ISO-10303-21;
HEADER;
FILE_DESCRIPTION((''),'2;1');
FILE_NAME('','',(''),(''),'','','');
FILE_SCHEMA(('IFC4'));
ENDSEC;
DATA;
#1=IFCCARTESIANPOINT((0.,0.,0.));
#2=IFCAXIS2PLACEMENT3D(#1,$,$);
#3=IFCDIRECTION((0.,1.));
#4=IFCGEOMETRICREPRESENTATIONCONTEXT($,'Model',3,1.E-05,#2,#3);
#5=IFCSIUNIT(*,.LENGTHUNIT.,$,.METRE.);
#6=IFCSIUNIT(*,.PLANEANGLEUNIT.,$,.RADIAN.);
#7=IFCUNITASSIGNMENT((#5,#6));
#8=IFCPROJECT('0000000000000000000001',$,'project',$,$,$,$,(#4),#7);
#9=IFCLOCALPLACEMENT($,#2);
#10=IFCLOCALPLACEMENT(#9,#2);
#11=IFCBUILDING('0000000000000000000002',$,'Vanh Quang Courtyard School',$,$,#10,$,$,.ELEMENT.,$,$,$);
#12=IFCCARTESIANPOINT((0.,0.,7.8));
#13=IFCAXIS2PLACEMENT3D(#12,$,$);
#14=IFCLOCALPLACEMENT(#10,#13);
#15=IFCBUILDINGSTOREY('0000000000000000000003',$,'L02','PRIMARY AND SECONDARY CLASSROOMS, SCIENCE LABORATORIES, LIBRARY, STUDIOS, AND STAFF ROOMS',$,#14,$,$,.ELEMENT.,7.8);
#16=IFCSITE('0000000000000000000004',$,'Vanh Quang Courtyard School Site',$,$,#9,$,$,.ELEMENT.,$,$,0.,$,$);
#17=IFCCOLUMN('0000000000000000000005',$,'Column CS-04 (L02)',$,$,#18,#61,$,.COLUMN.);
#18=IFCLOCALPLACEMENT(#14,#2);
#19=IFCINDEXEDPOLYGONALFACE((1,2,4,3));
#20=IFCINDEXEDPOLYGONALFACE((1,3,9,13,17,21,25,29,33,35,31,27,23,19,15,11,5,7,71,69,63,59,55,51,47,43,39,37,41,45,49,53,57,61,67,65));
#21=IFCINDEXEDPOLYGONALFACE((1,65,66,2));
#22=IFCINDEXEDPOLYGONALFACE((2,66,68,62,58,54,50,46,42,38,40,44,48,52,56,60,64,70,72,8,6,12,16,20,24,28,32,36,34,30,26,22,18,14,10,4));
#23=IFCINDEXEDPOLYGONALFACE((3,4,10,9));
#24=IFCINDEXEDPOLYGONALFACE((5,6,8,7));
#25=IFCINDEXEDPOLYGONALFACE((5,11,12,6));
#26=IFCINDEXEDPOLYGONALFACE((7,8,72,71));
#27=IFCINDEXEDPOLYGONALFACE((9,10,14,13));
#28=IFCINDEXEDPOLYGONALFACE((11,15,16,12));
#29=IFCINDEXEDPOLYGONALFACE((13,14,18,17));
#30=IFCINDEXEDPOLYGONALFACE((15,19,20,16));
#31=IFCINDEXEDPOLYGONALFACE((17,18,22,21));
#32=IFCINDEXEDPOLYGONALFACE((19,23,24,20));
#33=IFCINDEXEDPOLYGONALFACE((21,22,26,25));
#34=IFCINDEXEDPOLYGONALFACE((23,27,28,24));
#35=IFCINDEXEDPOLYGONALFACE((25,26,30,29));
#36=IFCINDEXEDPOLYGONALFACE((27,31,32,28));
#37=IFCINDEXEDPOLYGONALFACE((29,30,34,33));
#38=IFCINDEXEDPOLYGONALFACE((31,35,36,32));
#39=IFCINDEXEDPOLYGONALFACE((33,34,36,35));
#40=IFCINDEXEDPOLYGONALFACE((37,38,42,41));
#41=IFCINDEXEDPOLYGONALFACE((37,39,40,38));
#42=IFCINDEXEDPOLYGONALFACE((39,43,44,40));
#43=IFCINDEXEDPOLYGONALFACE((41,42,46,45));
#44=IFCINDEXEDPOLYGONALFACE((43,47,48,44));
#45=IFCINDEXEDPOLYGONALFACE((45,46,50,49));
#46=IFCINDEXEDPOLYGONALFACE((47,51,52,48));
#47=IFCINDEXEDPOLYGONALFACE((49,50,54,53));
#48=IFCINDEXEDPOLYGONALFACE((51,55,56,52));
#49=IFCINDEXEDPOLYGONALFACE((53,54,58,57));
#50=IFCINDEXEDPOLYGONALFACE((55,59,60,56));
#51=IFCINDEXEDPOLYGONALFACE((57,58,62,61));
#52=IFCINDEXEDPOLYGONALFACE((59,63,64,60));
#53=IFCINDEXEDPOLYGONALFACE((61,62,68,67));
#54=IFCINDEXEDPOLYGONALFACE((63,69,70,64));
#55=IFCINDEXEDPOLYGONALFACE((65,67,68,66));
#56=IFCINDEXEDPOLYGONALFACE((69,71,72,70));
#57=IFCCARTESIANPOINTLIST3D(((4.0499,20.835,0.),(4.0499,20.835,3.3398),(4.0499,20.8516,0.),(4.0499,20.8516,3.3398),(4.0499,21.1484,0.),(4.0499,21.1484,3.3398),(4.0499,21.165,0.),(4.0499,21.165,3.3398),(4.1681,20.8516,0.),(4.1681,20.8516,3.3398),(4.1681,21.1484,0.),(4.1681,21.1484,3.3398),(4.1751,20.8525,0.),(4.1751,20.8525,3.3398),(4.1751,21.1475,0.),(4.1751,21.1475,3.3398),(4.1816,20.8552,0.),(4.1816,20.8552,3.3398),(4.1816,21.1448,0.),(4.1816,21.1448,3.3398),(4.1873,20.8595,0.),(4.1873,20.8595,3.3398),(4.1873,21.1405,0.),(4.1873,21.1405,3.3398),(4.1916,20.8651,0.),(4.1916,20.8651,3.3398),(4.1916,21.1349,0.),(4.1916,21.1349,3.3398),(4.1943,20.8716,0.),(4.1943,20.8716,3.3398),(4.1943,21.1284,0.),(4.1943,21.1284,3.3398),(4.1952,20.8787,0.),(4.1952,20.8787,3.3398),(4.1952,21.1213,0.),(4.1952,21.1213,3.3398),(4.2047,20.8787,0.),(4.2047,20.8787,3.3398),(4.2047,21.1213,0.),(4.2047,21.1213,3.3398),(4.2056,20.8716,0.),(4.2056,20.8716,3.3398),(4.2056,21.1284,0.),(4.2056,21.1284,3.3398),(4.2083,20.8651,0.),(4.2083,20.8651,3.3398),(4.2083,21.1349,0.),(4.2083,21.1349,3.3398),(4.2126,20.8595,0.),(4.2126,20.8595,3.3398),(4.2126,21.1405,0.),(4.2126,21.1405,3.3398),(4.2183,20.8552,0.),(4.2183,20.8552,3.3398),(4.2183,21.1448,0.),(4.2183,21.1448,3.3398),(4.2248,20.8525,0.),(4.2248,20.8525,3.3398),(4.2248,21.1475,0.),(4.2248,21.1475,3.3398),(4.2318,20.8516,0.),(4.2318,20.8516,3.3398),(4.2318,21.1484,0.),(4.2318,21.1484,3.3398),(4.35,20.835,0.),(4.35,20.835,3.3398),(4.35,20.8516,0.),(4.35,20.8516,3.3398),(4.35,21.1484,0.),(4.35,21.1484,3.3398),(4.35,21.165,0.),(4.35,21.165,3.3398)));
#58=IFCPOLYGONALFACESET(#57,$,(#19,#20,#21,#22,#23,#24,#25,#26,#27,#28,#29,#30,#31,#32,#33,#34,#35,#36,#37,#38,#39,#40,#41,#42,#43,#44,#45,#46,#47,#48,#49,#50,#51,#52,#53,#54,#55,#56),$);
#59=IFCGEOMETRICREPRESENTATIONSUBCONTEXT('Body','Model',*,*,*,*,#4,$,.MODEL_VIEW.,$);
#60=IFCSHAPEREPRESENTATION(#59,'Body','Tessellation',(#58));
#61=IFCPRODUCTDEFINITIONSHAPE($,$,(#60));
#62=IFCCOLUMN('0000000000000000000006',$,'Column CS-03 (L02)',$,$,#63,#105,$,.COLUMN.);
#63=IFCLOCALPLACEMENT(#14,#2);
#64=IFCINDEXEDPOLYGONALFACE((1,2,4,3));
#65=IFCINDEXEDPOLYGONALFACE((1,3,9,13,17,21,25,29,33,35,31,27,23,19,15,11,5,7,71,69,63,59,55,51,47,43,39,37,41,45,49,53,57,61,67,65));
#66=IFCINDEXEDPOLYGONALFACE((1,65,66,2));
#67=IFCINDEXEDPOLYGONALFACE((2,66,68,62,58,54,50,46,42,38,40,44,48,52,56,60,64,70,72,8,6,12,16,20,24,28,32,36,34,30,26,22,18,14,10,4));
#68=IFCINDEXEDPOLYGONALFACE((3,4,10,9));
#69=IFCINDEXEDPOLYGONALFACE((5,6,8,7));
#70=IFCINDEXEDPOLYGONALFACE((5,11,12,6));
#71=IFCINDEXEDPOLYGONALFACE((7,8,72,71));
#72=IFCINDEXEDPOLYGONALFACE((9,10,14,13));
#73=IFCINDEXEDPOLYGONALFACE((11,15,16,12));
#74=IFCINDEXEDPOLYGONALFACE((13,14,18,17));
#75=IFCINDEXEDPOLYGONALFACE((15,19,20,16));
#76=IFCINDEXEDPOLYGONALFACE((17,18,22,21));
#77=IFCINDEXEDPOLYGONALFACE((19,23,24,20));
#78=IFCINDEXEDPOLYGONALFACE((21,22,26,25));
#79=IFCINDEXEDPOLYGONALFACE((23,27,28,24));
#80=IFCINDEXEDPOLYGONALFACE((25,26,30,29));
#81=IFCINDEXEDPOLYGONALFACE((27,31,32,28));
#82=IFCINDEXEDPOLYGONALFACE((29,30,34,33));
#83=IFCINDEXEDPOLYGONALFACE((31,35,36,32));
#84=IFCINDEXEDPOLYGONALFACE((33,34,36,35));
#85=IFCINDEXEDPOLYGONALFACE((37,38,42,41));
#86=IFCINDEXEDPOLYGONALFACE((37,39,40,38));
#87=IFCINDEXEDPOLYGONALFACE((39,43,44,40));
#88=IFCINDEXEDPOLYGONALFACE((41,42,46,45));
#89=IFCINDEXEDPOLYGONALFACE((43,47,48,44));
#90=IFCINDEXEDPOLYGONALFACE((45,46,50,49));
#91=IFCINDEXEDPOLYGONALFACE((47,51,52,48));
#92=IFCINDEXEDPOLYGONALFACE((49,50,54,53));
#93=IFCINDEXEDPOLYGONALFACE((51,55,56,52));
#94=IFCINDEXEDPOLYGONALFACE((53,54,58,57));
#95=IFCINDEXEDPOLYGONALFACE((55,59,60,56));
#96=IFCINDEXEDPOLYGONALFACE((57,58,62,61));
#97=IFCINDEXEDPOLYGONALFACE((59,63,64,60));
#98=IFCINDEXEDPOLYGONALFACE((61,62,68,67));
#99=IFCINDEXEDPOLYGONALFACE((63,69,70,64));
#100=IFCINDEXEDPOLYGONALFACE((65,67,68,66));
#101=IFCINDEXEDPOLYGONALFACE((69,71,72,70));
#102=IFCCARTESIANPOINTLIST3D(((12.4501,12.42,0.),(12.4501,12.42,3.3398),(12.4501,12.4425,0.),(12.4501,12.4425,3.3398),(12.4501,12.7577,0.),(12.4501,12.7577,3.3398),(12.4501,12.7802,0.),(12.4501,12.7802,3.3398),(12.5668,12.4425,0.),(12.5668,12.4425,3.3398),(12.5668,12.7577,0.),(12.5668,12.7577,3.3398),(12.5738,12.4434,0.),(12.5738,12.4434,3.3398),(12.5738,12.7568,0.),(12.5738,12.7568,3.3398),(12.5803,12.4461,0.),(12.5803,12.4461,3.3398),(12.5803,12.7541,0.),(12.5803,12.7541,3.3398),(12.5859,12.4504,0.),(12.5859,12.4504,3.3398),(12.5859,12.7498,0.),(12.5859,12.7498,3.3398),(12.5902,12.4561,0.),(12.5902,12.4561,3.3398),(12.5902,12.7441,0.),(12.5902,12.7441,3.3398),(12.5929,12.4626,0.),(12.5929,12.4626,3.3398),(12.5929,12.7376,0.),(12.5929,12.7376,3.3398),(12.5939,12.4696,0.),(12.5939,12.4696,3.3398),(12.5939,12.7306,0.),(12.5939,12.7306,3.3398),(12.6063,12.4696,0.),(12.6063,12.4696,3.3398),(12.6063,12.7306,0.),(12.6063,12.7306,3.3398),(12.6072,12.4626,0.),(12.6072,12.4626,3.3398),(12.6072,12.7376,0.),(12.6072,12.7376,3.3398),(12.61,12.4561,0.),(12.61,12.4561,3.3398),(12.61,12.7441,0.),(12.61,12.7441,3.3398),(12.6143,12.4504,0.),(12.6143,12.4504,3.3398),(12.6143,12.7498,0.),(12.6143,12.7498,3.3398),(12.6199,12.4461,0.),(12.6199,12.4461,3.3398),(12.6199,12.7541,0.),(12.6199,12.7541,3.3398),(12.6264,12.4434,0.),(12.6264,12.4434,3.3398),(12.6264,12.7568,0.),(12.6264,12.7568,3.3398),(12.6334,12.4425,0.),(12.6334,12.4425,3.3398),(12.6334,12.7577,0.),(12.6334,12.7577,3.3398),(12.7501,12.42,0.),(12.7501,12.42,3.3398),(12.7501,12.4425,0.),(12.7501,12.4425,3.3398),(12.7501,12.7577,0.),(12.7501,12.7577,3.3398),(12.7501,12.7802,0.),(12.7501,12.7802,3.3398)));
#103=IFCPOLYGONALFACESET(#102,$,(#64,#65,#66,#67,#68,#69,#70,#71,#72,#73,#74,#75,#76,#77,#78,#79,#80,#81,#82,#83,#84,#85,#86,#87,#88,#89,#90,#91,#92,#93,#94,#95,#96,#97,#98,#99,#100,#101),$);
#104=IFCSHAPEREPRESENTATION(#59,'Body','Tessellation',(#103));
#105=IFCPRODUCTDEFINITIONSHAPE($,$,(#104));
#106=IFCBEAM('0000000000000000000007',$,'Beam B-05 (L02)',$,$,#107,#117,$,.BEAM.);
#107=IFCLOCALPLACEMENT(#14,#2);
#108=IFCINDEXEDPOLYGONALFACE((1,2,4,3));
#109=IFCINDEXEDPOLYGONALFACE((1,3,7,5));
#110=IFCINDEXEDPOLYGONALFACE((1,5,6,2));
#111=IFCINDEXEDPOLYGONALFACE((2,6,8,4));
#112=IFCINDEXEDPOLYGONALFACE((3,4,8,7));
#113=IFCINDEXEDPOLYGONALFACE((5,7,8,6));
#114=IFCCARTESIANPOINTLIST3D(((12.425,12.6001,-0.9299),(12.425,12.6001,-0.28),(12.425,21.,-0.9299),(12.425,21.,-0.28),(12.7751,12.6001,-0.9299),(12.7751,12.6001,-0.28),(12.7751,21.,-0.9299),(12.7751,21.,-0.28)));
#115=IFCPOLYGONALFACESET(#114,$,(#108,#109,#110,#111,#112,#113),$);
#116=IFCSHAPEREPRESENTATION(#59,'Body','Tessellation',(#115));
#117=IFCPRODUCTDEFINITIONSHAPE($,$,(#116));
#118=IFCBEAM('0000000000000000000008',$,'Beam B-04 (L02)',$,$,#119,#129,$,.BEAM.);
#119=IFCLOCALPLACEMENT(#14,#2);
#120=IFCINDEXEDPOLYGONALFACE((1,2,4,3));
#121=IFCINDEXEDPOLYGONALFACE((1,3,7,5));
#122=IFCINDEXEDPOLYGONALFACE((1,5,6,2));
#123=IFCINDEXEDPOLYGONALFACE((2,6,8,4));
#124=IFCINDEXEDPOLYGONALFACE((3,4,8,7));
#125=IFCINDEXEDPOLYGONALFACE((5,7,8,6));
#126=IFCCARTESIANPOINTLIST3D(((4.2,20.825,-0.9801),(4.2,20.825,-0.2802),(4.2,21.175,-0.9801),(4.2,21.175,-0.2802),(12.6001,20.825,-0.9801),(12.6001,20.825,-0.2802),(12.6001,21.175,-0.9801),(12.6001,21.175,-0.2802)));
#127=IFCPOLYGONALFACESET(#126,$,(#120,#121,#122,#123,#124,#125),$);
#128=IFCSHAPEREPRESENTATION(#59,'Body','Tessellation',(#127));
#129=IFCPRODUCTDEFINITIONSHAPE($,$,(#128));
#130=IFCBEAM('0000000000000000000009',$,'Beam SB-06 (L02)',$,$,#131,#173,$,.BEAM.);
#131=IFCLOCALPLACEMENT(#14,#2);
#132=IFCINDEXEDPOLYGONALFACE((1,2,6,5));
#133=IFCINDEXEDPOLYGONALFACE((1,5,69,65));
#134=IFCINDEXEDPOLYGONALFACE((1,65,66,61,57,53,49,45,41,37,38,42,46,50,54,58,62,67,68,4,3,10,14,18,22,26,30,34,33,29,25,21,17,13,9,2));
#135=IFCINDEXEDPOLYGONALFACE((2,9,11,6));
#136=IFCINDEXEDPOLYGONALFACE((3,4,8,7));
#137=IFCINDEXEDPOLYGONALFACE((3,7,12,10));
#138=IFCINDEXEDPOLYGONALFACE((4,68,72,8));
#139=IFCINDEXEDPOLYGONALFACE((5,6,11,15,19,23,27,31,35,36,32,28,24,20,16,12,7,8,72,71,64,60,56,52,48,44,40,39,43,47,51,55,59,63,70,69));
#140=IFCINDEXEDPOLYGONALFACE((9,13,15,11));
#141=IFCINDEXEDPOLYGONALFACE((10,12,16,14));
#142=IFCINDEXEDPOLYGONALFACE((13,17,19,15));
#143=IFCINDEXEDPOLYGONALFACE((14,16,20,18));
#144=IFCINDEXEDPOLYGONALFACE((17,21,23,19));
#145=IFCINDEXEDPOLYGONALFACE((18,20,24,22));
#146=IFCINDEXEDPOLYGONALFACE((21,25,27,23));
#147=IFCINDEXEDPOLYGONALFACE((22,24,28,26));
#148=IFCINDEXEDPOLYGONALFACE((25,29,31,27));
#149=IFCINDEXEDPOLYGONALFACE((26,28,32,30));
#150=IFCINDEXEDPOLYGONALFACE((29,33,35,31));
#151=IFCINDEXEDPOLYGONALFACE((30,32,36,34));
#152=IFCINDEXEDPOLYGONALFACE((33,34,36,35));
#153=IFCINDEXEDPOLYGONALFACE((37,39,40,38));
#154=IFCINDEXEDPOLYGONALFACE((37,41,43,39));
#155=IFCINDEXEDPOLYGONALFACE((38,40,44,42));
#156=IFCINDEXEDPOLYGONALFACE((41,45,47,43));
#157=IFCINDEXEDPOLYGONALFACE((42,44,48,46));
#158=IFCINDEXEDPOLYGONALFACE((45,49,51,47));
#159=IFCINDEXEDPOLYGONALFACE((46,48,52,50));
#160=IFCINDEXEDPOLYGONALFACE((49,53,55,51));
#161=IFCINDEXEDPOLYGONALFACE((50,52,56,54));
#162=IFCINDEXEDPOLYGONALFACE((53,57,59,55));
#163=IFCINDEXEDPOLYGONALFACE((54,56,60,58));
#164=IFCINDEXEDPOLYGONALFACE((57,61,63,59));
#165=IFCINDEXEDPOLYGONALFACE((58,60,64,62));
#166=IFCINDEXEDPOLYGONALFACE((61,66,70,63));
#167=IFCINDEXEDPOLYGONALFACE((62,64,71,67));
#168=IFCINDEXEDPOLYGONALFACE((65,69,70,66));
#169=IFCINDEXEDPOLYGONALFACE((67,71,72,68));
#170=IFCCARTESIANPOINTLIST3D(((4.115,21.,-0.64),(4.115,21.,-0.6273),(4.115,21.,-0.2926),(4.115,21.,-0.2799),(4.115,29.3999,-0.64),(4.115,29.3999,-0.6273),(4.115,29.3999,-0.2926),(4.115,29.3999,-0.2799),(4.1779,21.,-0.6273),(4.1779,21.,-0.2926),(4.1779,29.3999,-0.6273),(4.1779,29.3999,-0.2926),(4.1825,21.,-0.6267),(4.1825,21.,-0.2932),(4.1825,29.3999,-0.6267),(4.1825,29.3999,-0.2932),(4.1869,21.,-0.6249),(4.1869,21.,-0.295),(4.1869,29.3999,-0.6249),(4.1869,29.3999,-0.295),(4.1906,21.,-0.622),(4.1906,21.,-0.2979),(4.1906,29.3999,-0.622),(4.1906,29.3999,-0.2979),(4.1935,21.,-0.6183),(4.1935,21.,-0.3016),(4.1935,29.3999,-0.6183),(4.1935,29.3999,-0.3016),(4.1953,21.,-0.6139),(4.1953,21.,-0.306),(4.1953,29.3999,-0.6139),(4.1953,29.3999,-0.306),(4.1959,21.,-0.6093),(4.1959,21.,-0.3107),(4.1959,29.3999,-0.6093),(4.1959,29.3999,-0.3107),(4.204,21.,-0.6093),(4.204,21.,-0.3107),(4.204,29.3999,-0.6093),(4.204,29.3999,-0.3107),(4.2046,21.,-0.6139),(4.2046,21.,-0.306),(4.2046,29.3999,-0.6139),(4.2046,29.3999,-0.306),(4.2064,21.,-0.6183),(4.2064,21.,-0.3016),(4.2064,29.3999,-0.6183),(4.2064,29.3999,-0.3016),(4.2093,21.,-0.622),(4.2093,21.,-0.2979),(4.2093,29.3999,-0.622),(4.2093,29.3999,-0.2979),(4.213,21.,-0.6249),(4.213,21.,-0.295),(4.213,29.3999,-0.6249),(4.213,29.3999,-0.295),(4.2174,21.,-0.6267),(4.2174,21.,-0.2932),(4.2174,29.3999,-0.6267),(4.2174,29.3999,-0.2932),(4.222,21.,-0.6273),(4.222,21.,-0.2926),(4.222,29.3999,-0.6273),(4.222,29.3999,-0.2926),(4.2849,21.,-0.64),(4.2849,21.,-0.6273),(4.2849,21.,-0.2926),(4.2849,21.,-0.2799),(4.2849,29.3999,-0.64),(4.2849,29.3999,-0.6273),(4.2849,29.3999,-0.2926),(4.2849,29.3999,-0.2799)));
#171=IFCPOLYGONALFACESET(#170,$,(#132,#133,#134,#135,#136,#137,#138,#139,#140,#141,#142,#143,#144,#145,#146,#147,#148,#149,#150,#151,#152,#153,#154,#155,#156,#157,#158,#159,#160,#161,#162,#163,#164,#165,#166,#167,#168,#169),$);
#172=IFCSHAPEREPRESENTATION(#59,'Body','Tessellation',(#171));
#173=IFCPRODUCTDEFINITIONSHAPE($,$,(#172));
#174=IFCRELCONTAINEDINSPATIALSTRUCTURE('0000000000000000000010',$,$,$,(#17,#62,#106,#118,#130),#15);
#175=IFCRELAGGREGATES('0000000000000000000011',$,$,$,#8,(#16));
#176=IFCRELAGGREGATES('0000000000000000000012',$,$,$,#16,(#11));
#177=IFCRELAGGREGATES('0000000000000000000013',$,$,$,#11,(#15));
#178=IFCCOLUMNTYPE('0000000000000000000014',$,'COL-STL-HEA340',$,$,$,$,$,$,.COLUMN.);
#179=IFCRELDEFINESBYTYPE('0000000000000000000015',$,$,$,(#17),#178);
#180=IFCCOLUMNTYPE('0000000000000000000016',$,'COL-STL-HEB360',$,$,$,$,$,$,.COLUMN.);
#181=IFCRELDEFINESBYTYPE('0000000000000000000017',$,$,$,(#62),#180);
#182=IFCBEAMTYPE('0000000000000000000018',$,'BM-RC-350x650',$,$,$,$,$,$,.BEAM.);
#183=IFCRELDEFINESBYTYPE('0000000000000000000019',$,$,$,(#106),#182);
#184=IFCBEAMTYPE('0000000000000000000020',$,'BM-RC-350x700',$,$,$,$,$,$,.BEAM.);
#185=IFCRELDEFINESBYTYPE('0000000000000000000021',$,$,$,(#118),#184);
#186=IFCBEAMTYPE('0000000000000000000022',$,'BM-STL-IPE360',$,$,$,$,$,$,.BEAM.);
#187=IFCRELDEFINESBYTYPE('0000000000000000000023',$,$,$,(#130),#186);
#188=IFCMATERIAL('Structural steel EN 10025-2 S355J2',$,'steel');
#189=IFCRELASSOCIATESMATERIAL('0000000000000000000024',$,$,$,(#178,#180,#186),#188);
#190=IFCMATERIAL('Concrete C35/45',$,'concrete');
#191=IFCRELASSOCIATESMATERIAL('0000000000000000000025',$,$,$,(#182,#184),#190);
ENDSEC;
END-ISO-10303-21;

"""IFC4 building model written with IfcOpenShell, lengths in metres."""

from ifc_helpers import new_model, si_unit, direction, frame, origin, origin_2d, place, context, subcontext, project, spatial, rectangle, i_section, extrude, material, material_profile, profile_set, type_object, element, save


model = new_model("IFC4")

# Units and contexts
model_context = context("Model", 3, precision=1e-05, world=origin(), true_north=direction((0.0, 1.0)))
body_context = subcontext(model_context, "Body", "Model", "MODEL_VIEW")
ifc_project = project(units=[si_unit("LENGTHUNIT", "METRE"), si_unit("PLANEANGLEUNIT", "RADIAN")], contexts=[model_context])

# Site, building, storey
site_placement = place(None, origin())
site = spatial("IfcSite", under=ifc_project, at=site_placement, Name="Vanh Quang Courtyard School Site", CompositionType="ELEMENT", RefElevation=0.0)
building_placement = place(site_placement, origin())
building = spatial("IfcBuilding", under=site, at=building_placement, Name="Vanh Quang Courtyard School", CompositionType="ELEMENT")
storey_placement = place(building_placement, frame((0.0, 0.0, 7.8)))
storey = spatial("IfcBuildingStorey", under=building, at=storey_placement, Name="L02", Description="PRIMARY AND SECONDARY CLASSROOMS, SCIENCE LABORATORIES, LIBRARY, STUDIOS, AND STAFF ROOMS", CompositionType="ELEMENT", Elevation=7.8)

# Columns
ifc_material_1 = material(Name="Structural steel EN 10025-2 S355J2", Category="steel")
ifc_material_profile_1 = material_profile(ifc_material_1, i_section(OverallWidth=0.3, OverallDepth=0.3301, WebThickness=0.0095, FlangeThickness=0.0166, FilletRadius=0.0271, at=origin_2d()), Name="HEA 340")
ifc_profile_set_1 = profile_set([ifc_material_profile_1], Name="Structural steel EN 10025-2 S355J2")
column_type_1 = type_object("IfcColumnType", Name="COL-STL-HEA340", PredefinedType="COLUMN", material=ifc_profile_set_1)
column_1_placement = place(storey_placement, frame((4.2, 21.0, 0.0), z_axis=(0.0, 0.0, 1.0), x_axis=(1.0, 0.0, 0.0)))
element("IfcColumn", 1, at=column_1_placement, inside=storey, type_object=column_type_1, Name="Column CS-04 (L02)", PredefinedType="COLUMN", context=body_context, shape_type="SweptSolid", body=[
    extrude(i_section(OverallWidth=0.3, OverallDepth=0.3301, WebThickness=0.0095, FlangeThickness=0.0166, FilletRadius=0.0271, at=origin_2d()), origin(), (0.0, 0.0, 1.0), 3.3398),
])
ifc_material_profile_2 = material_profile(ifc_material_1, i_section(OverallWidth=0.3, OverallDepth=0.3601, WebThickness=0.0125, FlangeThickness=0.0225, FilletRadius=0.0271, at=origin_2d()), Name="HEB 360")
ifc_profile_set_2 = profile_set([ifc_material_profile_2], Name="Structural steel EN 10025-2 S355J2")
column_type_2 = type_object("IfcColumnType", Name="COL-STL-HEB360", PredefinedType="COLUMN", material=ifc_profile_set_2)
column_2_placement = place(storey_placement, frame((12.6001, 12.6001, 0.0), z_axis=(0.0, 0.0, 1.0), x_axis=(1.0, 0.0, 0.0)))
element("IfcColumn", 2, at=column_2_placement, inside=storey, type_object=column_type_2, Name="Column CS-03 (L02)", PredefinedType="COLUMN", context=body_context, shape_type="SweptSolid", body=[
    extrude(i_section(OverallWidth=0.3, OverallDepth=0.3601, WebThickness=0.0125, FlangeThickness=0.0225, FilletRadius=0.0271, at=origin_2d()), origin(), (0.0, 0.0, 1.0), 3.3398),
])

# Beams
ifc_material_2 = material(Name="Concrete C35/45", Category="concrete")
ifc_material_profile_3 = material_profile(ifc_material_2, rectangle(XDim=0.3501, YDim=0.6499, at=origin_2d()), Name="RC-BM 350x650")
ifc_profile_set_3 = profile_set([ifc_material_profile_3], Name="Concrete C35/45")
beam_type_1 = type_object("IfcBeamType", Name="BM-RC-350x650", PredefinedType="BEAM", material=ifc_profile_set_3)
beam_1_placement = place(storey_placement, frame((12.6001, 12.6001, -0.605), z_axis=(0.0, 1.0, 0.0), x_axis=(-1.0, 0.0, 0.0)))
element("IfcBeam", 3, at=beam_1_placement, inside=storey, type_object=beam_type_1, Name="Beam B-05 (L02)", PredefinedType="BEAM", context=body_context, shape_type="SweptSolid", body=[
    extrude(rectangle(XDim=0.3501, YDim=0.6499, at=origin_2d()), origin(), (0.0, 0.0, 1.0), 8.3999),
])
ifc_material_profile_4 = material_profile(ifc_material_2, rectangle(XDim=0.3501, YDim=0.7, at=origin_2d()), Name="RC-BM 350x700")
ifc_profile_set_4 = profile_set([ifc_material_profile_4], Name="Concrete C35/45")
beam_type_2 = type_object("IfcBeamType", Name="BM-RC-350x700", PredefinedType="BEAM", material=ifc_profile_set_4)
beam_2_placement = place(storey_placement, frame((4.2, 21.0, -0.6301), z_axis=(1.0, 0.0, 0.0), x_axis=(0.0, 1.0, 0.0)))
element("IfcBeam", 4, at=beam_2_placement, inside=storey, type_object=beam_type_2, Name="Beam B-04 (L02)", PredefinedType="BEAM", context=body_context, shape_type="SweptSolid", body=[
    extrude(rectangle(XDim=0.3501, YDim=0.7, at=origin_2d()), origin(), (0.0, 0.0, 1.0), 8.4001),
])
ifc_material_profile_5 = material_profile(ifc_material_1, i_section(OverallWidth=0.1699, OverallDepth=0.3601, WebThickness=0.0081, FlangeThickness=0.0127, FilletRadius=0.0181, at=origin_2d()), Name="IPE 360")
ifc_profile_set_5 = profile_set([ifc_material_profile_5], Name="Structural steel EN 10025-2 S355J2")
beam_type_3 = type_object("IfcBeamType", Name="BM-STL-IPE360", PredefinedType="BEAM", material=ifc_profile_set_5)
beam_3_placement = place(storey_placement, frame((4.2, 21.0, -0.46), z_axis=(0.0, 1.0, 0.0), x_axis=(-1.0, 0.0, 0.0)))
element("IfcBeam", 5, at=beam_3_placement, inside=storey, type_object=beam_type_3, Name="Beam SB-06 (L02)", PredefinedType="BEAM", context=body_context, shape_type="SweptSolid", body=[
    extrude(i_section(OverallWidth=0.1699, OverallDepth=0.3601, WebThickness=0.0081, FlangeThickness=0.0127, FilletRadius=0.0181, at=origin_2d()), origin(), (0.0, 0.0, 1.0), 8.3999),
])

save(model, "model.ifc")
